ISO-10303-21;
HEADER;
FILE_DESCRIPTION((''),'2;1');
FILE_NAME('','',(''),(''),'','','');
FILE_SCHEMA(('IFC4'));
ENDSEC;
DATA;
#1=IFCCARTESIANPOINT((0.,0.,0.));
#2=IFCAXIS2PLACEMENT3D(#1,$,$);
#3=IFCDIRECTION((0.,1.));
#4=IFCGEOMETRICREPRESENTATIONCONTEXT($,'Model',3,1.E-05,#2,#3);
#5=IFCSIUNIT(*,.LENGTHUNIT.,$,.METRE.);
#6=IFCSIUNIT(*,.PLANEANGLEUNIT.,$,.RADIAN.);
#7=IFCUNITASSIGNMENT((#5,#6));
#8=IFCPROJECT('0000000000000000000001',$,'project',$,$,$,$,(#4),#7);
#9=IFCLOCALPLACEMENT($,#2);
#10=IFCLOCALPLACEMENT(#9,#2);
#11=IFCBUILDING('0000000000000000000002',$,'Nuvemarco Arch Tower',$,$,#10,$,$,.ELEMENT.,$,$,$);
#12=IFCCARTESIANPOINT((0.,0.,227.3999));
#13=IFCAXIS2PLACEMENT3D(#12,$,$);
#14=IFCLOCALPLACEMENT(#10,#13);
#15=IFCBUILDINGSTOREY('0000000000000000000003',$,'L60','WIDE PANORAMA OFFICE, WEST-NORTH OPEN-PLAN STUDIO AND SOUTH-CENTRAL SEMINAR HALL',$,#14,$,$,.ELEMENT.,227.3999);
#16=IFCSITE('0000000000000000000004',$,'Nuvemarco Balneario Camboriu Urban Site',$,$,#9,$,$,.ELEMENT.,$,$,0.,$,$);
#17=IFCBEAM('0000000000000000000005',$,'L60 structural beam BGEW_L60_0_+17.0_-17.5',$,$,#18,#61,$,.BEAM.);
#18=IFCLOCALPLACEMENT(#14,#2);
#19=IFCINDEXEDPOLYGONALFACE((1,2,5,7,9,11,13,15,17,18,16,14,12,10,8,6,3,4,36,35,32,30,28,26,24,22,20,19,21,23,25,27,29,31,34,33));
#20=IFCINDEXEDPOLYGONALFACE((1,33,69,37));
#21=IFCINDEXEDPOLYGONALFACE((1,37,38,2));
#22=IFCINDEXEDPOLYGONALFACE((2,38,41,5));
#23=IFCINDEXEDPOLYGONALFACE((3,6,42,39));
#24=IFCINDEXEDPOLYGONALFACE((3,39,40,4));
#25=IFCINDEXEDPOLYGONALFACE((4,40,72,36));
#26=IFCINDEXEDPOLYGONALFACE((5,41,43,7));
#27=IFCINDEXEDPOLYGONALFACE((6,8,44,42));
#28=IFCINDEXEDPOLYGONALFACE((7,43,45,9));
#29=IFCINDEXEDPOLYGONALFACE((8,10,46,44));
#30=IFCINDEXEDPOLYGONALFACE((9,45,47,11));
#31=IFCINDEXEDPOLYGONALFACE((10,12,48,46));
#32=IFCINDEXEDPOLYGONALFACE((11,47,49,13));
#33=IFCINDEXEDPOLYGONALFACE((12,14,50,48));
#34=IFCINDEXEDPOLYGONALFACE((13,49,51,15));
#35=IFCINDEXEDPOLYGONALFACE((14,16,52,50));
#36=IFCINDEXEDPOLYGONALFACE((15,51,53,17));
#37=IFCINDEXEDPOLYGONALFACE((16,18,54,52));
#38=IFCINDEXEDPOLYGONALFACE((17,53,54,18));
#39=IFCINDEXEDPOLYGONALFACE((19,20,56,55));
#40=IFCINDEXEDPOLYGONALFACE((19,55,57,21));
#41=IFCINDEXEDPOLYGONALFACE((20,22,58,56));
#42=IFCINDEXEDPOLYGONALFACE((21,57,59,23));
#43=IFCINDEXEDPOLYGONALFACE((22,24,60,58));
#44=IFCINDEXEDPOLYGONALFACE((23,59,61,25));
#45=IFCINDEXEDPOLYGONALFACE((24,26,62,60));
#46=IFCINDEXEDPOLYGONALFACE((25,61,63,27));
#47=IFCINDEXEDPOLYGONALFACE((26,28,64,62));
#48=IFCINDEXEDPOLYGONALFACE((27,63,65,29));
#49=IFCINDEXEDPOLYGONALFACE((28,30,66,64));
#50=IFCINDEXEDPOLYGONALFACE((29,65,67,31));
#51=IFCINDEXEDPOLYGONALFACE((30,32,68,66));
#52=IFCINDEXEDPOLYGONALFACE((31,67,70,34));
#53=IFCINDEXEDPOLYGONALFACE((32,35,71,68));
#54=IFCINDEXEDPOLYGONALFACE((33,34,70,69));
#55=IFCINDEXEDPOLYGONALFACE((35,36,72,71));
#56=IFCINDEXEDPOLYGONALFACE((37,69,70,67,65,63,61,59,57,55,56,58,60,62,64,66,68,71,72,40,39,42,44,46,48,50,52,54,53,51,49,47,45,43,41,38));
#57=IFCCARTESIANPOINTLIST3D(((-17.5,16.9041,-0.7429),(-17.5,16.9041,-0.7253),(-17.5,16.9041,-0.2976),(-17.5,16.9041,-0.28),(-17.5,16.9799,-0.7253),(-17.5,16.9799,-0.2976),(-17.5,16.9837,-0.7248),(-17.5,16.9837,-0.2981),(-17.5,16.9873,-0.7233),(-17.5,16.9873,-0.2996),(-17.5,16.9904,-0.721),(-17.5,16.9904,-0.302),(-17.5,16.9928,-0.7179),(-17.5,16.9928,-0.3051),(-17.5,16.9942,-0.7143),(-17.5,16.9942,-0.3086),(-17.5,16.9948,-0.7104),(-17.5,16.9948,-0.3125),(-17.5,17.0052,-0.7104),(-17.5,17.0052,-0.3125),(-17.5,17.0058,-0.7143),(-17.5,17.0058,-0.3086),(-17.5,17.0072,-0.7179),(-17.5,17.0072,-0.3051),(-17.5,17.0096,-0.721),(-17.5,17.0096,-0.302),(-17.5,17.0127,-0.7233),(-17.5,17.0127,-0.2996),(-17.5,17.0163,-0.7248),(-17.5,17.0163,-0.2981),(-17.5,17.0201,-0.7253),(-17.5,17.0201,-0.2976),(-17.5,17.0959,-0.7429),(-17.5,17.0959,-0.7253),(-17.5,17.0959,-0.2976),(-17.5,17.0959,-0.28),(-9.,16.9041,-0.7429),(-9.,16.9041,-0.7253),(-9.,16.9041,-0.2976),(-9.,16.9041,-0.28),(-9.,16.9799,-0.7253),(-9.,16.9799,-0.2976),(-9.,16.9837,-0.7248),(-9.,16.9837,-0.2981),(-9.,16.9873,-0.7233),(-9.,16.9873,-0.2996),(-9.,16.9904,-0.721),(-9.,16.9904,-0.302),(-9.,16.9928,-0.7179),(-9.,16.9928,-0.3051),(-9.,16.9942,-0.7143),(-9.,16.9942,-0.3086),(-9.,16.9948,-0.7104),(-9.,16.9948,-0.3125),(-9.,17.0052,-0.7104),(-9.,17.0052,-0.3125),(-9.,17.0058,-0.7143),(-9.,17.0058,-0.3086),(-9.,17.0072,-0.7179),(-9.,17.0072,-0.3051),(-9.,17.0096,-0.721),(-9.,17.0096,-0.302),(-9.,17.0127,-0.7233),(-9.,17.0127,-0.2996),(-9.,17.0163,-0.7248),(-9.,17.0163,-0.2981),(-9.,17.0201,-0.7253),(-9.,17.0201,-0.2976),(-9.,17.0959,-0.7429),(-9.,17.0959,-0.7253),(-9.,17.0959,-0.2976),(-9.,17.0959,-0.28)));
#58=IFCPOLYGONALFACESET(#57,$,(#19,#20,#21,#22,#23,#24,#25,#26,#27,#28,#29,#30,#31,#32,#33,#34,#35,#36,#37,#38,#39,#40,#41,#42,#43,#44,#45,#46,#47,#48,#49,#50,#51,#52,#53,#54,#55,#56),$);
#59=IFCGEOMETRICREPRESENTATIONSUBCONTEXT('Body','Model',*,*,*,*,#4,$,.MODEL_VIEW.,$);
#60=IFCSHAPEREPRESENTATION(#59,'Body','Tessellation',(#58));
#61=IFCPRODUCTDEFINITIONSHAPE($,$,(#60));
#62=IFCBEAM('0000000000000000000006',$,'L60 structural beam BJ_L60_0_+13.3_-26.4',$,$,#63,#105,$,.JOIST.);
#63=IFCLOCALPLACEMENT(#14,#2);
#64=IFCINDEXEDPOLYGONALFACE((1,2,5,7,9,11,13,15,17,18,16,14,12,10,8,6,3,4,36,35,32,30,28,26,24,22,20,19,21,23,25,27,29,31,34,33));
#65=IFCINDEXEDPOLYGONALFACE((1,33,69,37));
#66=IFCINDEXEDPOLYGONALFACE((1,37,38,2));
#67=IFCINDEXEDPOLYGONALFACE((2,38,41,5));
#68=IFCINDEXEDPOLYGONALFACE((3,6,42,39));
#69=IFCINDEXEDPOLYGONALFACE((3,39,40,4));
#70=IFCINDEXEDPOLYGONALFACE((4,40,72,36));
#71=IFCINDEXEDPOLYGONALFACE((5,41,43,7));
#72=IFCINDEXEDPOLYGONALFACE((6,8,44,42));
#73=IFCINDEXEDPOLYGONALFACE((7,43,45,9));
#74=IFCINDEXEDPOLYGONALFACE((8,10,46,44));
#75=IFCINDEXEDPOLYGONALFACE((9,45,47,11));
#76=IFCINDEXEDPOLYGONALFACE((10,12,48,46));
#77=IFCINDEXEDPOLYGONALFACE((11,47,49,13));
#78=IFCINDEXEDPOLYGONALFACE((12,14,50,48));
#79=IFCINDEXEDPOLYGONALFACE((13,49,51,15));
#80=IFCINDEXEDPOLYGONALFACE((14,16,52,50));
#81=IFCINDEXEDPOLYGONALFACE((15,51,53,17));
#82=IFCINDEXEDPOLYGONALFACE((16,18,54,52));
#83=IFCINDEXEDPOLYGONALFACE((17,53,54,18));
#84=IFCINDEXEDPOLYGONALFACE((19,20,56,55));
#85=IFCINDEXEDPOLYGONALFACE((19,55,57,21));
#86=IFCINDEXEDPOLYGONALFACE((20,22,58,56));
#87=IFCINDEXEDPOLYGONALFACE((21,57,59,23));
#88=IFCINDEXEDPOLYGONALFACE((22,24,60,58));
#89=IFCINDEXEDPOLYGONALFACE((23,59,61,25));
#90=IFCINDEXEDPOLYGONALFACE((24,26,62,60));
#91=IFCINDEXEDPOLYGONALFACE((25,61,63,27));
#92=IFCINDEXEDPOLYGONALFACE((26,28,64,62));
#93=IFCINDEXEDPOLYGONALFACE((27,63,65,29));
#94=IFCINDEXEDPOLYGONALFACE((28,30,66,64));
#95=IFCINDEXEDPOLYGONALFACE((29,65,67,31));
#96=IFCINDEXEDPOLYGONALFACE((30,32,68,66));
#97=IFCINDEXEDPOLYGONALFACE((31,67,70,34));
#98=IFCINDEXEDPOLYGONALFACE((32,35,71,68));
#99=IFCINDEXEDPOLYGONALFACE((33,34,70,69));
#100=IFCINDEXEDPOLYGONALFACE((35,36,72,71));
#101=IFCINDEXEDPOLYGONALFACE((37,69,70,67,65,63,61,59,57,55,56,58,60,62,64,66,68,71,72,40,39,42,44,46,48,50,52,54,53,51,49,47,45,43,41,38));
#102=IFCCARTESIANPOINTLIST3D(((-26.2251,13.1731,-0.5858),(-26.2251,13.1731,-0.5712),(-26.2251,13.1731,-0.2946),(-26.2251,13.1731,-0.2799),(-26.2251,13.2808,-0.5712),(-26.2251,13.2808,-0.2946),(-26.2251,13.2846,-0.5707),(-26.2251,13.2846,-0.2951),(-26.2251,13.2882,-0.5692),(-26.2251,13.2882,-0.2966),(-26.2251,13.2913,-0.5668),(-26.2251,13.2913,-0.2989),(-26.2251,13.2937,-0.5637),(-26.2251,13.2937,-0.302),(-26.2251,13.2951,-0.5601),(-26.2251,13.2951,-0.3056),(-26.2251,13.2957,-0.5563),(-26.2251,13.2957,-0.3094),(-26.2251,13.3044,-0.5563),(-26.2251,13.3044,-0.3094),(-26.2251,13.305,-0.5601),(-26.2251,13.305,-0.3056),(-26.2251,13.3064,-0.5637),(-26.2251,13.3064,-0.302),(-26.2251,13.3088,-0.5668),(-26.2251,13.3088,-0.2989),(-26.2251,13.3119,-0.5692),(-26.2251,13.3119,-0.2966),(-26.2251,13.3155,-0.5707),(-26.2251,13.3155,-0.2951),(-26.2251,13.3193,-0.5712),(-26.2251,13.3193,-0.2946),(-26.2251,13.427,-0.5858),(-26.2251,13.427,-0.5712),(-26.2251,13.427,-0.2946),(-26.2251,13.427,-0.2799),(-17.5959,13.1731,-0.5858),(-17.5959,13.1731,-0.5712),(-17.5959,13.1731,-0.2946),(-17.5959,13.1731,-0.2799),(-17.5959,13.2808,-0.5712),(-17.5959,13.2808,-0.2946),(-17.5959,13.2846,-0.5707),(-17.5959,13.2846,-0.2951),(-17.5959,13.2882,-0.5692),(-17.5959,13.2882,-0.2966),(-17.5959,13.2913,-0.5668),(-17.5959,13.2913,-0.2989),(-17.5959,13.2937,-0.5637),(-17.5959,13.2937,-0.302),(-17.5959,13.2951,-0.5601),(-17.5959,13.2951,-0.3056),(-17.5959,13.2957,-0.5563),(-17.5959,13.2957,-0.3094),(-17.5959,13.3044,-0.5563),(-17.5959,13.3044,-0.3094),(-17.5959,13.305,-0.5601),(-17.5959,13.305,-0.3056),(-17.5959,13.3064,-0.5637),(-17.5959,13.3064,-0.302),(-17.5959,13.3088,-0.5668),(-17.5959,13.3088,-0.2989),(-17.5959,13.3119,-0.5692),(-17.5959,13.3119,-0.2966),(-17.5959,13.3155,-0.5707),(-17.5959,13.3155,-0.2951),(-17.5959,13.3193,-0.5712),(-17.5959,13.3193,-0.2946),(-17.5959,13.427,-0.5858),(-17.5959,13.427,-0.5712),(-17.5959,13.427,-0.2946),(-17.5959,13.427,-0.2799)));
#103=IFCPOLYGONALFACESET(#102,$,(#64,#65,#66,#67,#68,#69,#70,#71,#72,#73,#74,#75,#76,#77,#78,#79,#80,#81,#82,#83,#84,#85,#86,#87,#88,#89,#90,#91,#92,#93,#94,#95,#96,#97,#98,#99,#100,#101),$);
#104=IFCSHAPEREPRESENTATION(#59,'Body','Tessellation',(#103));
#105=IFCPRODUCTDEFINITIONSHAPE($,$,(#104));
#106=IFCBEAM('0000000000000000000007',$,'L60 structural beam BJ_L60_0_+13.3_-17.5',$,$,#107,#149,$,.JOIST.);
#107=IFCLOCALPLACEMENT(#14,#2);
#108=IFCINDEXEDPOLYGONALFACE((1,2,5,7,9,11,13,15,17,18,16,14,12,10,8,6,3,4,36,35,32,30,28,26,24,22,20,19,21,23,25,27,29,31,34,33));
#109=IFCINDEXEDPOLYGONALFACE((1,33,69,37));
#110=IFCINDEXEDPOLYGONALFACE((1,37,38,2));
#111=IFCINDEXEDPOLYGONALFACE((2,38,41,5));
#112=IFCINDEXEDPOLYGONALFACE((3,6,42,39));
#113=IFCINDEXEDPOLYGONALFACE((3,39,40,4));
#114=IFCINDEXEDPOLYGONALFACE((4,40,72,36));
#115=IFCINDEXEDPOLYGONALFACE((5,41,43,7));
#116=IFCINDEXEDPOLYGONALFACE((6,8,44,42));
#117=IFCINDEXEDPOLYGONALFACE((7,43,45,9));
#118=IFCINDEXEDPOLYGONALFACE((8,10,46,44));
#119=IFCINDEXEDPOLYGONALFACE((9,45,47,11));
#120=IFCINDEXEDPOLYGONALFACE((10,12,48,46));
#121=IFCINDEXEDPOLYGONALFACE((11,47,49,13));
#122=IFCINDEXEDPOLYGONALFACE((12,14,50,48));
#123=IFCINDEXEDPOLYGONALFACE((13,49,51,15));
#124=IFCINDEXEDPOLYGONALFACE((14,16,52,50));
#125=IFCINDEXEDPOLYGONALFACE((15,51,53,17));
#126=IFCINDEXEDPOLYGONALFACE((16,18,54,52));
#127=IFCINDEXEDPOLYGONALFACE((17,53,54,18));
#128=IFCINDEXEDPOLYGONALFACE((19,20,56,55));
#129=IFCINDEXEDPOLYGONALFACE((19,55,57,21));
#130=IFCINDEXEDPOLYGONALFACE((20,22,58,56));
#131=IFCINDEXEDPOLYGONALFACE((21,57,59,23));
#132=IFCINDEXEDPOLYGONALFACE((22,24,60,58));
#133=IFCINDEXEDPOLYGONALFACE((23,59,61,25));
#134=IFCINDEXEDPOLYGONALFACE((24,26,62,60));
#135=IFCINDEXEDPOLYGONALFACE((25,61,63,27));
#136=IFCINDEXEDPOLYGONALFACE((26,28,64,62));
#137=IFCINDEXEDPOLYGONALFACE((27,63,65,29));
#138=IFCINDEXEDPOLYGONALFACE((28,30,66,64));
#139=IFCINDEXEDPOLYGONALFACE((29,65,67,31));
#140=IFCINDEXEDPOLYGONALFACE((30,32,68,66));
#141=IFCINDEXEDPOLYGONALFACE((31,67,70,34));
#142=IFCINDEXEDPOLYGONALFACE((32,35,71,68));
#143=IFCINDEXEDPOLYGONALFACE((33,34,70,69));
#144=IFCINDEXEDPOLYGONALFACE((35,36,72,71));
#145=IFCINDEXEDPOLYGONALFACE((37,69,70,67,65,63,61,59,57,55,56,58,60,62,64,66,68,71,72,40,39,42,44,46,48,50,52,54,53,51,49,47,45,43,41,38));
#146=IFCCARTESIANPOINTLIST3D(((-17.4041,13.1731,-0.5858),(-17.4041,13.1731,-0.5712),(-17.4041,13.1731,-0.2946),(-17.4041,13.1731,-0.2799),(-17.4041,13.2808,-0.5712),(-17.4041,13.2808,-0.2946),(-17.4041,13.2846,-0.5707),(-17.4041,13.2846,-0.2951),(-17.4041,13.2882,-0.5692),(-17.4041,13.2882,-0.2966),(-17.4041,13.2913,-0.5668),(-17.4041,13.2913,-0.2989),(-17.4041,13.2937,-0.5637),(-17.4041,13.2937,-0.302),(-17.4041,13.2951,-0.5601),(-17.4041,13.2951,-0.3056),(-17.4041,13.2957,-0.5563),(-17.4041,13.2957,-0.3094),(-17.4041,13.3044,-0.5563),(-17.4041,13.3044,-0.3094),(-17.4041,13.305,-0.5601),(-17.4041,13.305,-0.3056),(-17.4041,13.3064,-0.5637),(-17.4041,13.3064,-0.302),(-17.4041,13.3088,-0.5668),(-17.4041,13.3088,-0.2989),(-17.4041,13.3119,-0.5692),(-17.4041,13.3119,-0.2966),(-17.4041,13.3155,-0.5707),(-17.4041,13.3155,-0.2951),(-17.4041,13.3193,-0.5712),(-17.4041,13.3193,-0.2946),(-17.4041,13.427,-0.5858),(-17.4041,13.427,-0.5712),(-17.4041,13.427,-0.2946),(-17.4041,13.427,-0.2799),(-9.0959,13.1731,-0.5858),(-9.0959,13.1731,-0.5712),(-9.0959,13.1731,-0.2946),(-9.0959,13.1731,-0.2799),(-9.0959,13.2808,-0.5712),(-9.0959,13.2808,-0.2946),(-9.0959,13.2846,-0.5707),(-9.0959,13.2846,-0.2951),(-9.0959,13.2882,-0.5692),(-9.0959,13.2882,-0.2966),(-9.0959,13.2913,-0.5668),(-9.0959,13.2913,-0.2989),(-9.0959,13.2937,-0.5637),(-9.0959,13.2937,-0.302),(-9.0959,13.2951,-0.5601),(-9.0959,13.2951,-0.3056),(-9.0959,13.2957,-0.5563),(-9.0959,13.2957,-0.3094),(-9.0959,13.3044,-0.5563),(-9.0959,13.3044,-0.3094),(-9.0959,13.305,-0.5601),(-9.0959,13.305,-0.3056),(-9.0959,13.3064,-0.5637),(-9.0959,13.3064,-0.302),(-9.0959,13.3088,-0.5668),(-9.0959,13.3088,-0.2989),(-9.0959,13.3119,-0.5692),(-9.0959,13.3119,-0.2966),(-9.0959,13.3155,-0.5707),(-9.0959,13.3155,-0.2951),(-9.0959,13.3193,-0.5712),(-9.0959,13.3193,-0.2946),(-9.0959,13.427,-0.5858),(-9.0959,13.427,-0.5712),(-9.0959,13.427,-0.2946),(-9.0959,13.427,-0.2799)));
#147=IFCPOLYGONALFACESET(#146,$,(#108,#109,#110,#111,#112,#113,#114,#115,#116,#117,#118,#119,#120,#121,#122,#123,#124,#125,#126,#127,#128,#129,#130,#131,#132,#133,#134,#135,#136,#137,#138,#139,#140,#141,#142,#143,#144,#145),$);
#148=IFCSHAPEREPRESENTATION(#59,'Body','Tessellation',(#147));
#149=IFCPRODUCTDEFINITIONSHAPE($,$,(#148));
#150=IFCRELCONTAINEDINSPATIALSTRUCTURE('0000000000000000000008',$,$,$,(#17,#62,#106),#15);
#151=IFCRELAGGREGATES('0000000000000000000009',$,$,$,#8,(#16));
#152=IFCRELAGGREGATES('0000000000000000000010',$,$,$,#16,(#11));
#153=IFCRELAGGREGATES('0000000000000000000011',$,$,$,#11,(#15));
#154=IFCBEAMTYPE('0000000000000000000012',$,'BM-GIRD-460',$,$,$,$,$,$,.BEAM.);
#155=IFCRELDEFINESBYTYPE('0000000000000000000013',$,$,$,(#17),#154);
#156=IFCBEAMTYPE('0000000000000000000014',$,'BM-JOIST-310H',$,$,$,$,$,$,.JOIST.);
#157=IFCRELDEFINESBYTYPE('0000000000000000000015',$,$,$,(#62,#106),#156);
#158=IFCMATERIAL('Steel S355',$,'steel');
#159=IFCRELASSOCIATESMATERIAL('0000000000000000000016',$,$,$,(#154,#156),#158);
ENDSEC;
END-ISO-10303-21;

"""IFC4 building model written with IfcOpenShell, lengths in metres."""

from ifc_helpers import new_model, si_unit, direction, frame, origin, origin_2d, place, context, subcontext, project, spatial, i_section, extrude, material, material_profile, profile_set, type_object, element, save


model = new_model("IFC4")

# Units and contexts
model_context = context("Model", 3, precision=1e-05, world=origin(), true_north=direction((0.0, 1.0)))
body_context = subcontext(model_context, "Body", "Model", "MODEL_VIEW")
ifc_project = project(units=[si_unit("LENGTHUNIT", "METRE"), si_unit("PLANEANGLEUNIT", "RADIAN")], contexts=[model_context])

# Site, building, storey
site_placement = place(None, origin())
site = spatial("IfcSite", under=ifc_project, at=site_placement, Name="Nuvemarco Balneario Camboriu Urban Site", CompositionType="ELEMENT", RefElevation=0.0)
building_placement = place(site_placement, origin())
building = spatial("IfcBuilding", under=site, at=building_placement, Name="Nuvemarco Arch Tower", CompositionType="ELEMENT")
storey_placement = place(building_placement, frame((0.0, 0.0, 227.3999)))
storey = spatial("IfcBuildingStorey", under=building, at=storey_placement, Name="L60", Description="WIDE PANORAMA OFFICE, WEST-NORTH OPEN-PLAN STUDIO AND SOUTH-CENTRAL SEMINAR HALL", CompositionType="ELEMENT", Elevation=227.3999)

# Shared definitions
ifc_material_1 = material(Name="Steel S355", Category="steel")

# Beams
ifc_material_profile_1 = material_profile(ifc_material_1, i_section(OverallWidth=0.1919, OverallDepth=0.4629, WebThickness=0.0105, FlangeThickness=0.0176, FilletRadius=0.0149, at=origin_2d()), Name="W460x89")
ifc_profile_set_1 = profile_set([ifc_material_profile_1], Name="Steel S355")
beam_type_1 = type_object("IfcBeamType", Name="BM-GIRD-460", PredefinedType="BEAM", material=ifc_profile_set_1)
beam_1_placement = place(storey_placement, frame((-17.5, 17.0, -0.5115), z_axis=(1.0, 0.0, 0.0), x_axis=(0.0, 1.0, 0.0)))
element("IfcBeam", 1, at=beam_1_placement, inside=storey, type_object=beam_type_1, Name="L60 structural beam BGEW_L60_0_+17.0_-17.5", PredefinedType="BEAM", context=body_context, shape_type="SweptSolid", body=[
    extrude(i_section(OverallWidth=0.1919, OverallDepth=0.4629, WebThickness=0.0105, FlangeThickness=0.0176, FilletRadius=0.0149, at=origin_2d()), origin(), (0.0, 0.0, 1.0), 8.5),
])
ifc_material_profile_2 = material_profile(ifc_material_1, i_section(OverallWidth=0.2539, OverallDepth=0.3059, WebThickness=0.0088, FlangeThickness=0.0146, FilletRadius=0.0149, at=origin_2d()), Name="W310x79")
ifc_profile_set_2 = profile_set([ifc_material_profile_2], Name="Steel S355")
beam_type_2 = type_object("IfcBeamType", Name="BM-JOIST-310H", PredefinedType="JOIST", material=ifc_profile_set_2)
beam_2_placement = place(storey_placement, frame((-26.2251, 13.3, -0.4329), z_axis=(1.0, 0.0, 0.0), x_axis=(0.0, 1.0, 0.0)))
element("IfcBeam", 2, at=beam_2_placement, inside=storey, type_object=beam_type_2, Name="L60 structural beam BJ_L60_0_+13.3_-26.4", PredefinedType="JOIST", context=body_context, shape_type="SweptSolid", body=[
    extrude(i_section(OverallWidth=0.2539, OverallDepth=0.3059, WebThickness=0.0088, FlangeThickness=0.0146, FilletRadius=0.0149, at=origin_2d()), origin(), (0.0, 0.0, 1.0), 8.6292),
])
beam_3_placement = place(storey_placement, frame((-17.4041, 13.3, -0.4329), z_axis=(1.0, 0.0, 0.0), x_axis=(0.0, 1.0, 0.0)))
element("IfcBeam", 3, at=beam_3_placement, inside=storey, type_object=beam_type_2, Name="L60 structural beam BJ_L60_0_+13.3_-17.5", PredefinedType="JOIST", context=body_context, shape_type="SweptSolid", body=[
    extrude(i_section(OverallWidth=0.2539, OverallDepth=0.3059, WebThickness=0.0088, FlangeThickness=0.0146, FilletRadius=0.0149, at=origin_2d()), origin(), (0.0, 0.0, 1.0), 8.3081),
])

save(model, "model.ifc")
